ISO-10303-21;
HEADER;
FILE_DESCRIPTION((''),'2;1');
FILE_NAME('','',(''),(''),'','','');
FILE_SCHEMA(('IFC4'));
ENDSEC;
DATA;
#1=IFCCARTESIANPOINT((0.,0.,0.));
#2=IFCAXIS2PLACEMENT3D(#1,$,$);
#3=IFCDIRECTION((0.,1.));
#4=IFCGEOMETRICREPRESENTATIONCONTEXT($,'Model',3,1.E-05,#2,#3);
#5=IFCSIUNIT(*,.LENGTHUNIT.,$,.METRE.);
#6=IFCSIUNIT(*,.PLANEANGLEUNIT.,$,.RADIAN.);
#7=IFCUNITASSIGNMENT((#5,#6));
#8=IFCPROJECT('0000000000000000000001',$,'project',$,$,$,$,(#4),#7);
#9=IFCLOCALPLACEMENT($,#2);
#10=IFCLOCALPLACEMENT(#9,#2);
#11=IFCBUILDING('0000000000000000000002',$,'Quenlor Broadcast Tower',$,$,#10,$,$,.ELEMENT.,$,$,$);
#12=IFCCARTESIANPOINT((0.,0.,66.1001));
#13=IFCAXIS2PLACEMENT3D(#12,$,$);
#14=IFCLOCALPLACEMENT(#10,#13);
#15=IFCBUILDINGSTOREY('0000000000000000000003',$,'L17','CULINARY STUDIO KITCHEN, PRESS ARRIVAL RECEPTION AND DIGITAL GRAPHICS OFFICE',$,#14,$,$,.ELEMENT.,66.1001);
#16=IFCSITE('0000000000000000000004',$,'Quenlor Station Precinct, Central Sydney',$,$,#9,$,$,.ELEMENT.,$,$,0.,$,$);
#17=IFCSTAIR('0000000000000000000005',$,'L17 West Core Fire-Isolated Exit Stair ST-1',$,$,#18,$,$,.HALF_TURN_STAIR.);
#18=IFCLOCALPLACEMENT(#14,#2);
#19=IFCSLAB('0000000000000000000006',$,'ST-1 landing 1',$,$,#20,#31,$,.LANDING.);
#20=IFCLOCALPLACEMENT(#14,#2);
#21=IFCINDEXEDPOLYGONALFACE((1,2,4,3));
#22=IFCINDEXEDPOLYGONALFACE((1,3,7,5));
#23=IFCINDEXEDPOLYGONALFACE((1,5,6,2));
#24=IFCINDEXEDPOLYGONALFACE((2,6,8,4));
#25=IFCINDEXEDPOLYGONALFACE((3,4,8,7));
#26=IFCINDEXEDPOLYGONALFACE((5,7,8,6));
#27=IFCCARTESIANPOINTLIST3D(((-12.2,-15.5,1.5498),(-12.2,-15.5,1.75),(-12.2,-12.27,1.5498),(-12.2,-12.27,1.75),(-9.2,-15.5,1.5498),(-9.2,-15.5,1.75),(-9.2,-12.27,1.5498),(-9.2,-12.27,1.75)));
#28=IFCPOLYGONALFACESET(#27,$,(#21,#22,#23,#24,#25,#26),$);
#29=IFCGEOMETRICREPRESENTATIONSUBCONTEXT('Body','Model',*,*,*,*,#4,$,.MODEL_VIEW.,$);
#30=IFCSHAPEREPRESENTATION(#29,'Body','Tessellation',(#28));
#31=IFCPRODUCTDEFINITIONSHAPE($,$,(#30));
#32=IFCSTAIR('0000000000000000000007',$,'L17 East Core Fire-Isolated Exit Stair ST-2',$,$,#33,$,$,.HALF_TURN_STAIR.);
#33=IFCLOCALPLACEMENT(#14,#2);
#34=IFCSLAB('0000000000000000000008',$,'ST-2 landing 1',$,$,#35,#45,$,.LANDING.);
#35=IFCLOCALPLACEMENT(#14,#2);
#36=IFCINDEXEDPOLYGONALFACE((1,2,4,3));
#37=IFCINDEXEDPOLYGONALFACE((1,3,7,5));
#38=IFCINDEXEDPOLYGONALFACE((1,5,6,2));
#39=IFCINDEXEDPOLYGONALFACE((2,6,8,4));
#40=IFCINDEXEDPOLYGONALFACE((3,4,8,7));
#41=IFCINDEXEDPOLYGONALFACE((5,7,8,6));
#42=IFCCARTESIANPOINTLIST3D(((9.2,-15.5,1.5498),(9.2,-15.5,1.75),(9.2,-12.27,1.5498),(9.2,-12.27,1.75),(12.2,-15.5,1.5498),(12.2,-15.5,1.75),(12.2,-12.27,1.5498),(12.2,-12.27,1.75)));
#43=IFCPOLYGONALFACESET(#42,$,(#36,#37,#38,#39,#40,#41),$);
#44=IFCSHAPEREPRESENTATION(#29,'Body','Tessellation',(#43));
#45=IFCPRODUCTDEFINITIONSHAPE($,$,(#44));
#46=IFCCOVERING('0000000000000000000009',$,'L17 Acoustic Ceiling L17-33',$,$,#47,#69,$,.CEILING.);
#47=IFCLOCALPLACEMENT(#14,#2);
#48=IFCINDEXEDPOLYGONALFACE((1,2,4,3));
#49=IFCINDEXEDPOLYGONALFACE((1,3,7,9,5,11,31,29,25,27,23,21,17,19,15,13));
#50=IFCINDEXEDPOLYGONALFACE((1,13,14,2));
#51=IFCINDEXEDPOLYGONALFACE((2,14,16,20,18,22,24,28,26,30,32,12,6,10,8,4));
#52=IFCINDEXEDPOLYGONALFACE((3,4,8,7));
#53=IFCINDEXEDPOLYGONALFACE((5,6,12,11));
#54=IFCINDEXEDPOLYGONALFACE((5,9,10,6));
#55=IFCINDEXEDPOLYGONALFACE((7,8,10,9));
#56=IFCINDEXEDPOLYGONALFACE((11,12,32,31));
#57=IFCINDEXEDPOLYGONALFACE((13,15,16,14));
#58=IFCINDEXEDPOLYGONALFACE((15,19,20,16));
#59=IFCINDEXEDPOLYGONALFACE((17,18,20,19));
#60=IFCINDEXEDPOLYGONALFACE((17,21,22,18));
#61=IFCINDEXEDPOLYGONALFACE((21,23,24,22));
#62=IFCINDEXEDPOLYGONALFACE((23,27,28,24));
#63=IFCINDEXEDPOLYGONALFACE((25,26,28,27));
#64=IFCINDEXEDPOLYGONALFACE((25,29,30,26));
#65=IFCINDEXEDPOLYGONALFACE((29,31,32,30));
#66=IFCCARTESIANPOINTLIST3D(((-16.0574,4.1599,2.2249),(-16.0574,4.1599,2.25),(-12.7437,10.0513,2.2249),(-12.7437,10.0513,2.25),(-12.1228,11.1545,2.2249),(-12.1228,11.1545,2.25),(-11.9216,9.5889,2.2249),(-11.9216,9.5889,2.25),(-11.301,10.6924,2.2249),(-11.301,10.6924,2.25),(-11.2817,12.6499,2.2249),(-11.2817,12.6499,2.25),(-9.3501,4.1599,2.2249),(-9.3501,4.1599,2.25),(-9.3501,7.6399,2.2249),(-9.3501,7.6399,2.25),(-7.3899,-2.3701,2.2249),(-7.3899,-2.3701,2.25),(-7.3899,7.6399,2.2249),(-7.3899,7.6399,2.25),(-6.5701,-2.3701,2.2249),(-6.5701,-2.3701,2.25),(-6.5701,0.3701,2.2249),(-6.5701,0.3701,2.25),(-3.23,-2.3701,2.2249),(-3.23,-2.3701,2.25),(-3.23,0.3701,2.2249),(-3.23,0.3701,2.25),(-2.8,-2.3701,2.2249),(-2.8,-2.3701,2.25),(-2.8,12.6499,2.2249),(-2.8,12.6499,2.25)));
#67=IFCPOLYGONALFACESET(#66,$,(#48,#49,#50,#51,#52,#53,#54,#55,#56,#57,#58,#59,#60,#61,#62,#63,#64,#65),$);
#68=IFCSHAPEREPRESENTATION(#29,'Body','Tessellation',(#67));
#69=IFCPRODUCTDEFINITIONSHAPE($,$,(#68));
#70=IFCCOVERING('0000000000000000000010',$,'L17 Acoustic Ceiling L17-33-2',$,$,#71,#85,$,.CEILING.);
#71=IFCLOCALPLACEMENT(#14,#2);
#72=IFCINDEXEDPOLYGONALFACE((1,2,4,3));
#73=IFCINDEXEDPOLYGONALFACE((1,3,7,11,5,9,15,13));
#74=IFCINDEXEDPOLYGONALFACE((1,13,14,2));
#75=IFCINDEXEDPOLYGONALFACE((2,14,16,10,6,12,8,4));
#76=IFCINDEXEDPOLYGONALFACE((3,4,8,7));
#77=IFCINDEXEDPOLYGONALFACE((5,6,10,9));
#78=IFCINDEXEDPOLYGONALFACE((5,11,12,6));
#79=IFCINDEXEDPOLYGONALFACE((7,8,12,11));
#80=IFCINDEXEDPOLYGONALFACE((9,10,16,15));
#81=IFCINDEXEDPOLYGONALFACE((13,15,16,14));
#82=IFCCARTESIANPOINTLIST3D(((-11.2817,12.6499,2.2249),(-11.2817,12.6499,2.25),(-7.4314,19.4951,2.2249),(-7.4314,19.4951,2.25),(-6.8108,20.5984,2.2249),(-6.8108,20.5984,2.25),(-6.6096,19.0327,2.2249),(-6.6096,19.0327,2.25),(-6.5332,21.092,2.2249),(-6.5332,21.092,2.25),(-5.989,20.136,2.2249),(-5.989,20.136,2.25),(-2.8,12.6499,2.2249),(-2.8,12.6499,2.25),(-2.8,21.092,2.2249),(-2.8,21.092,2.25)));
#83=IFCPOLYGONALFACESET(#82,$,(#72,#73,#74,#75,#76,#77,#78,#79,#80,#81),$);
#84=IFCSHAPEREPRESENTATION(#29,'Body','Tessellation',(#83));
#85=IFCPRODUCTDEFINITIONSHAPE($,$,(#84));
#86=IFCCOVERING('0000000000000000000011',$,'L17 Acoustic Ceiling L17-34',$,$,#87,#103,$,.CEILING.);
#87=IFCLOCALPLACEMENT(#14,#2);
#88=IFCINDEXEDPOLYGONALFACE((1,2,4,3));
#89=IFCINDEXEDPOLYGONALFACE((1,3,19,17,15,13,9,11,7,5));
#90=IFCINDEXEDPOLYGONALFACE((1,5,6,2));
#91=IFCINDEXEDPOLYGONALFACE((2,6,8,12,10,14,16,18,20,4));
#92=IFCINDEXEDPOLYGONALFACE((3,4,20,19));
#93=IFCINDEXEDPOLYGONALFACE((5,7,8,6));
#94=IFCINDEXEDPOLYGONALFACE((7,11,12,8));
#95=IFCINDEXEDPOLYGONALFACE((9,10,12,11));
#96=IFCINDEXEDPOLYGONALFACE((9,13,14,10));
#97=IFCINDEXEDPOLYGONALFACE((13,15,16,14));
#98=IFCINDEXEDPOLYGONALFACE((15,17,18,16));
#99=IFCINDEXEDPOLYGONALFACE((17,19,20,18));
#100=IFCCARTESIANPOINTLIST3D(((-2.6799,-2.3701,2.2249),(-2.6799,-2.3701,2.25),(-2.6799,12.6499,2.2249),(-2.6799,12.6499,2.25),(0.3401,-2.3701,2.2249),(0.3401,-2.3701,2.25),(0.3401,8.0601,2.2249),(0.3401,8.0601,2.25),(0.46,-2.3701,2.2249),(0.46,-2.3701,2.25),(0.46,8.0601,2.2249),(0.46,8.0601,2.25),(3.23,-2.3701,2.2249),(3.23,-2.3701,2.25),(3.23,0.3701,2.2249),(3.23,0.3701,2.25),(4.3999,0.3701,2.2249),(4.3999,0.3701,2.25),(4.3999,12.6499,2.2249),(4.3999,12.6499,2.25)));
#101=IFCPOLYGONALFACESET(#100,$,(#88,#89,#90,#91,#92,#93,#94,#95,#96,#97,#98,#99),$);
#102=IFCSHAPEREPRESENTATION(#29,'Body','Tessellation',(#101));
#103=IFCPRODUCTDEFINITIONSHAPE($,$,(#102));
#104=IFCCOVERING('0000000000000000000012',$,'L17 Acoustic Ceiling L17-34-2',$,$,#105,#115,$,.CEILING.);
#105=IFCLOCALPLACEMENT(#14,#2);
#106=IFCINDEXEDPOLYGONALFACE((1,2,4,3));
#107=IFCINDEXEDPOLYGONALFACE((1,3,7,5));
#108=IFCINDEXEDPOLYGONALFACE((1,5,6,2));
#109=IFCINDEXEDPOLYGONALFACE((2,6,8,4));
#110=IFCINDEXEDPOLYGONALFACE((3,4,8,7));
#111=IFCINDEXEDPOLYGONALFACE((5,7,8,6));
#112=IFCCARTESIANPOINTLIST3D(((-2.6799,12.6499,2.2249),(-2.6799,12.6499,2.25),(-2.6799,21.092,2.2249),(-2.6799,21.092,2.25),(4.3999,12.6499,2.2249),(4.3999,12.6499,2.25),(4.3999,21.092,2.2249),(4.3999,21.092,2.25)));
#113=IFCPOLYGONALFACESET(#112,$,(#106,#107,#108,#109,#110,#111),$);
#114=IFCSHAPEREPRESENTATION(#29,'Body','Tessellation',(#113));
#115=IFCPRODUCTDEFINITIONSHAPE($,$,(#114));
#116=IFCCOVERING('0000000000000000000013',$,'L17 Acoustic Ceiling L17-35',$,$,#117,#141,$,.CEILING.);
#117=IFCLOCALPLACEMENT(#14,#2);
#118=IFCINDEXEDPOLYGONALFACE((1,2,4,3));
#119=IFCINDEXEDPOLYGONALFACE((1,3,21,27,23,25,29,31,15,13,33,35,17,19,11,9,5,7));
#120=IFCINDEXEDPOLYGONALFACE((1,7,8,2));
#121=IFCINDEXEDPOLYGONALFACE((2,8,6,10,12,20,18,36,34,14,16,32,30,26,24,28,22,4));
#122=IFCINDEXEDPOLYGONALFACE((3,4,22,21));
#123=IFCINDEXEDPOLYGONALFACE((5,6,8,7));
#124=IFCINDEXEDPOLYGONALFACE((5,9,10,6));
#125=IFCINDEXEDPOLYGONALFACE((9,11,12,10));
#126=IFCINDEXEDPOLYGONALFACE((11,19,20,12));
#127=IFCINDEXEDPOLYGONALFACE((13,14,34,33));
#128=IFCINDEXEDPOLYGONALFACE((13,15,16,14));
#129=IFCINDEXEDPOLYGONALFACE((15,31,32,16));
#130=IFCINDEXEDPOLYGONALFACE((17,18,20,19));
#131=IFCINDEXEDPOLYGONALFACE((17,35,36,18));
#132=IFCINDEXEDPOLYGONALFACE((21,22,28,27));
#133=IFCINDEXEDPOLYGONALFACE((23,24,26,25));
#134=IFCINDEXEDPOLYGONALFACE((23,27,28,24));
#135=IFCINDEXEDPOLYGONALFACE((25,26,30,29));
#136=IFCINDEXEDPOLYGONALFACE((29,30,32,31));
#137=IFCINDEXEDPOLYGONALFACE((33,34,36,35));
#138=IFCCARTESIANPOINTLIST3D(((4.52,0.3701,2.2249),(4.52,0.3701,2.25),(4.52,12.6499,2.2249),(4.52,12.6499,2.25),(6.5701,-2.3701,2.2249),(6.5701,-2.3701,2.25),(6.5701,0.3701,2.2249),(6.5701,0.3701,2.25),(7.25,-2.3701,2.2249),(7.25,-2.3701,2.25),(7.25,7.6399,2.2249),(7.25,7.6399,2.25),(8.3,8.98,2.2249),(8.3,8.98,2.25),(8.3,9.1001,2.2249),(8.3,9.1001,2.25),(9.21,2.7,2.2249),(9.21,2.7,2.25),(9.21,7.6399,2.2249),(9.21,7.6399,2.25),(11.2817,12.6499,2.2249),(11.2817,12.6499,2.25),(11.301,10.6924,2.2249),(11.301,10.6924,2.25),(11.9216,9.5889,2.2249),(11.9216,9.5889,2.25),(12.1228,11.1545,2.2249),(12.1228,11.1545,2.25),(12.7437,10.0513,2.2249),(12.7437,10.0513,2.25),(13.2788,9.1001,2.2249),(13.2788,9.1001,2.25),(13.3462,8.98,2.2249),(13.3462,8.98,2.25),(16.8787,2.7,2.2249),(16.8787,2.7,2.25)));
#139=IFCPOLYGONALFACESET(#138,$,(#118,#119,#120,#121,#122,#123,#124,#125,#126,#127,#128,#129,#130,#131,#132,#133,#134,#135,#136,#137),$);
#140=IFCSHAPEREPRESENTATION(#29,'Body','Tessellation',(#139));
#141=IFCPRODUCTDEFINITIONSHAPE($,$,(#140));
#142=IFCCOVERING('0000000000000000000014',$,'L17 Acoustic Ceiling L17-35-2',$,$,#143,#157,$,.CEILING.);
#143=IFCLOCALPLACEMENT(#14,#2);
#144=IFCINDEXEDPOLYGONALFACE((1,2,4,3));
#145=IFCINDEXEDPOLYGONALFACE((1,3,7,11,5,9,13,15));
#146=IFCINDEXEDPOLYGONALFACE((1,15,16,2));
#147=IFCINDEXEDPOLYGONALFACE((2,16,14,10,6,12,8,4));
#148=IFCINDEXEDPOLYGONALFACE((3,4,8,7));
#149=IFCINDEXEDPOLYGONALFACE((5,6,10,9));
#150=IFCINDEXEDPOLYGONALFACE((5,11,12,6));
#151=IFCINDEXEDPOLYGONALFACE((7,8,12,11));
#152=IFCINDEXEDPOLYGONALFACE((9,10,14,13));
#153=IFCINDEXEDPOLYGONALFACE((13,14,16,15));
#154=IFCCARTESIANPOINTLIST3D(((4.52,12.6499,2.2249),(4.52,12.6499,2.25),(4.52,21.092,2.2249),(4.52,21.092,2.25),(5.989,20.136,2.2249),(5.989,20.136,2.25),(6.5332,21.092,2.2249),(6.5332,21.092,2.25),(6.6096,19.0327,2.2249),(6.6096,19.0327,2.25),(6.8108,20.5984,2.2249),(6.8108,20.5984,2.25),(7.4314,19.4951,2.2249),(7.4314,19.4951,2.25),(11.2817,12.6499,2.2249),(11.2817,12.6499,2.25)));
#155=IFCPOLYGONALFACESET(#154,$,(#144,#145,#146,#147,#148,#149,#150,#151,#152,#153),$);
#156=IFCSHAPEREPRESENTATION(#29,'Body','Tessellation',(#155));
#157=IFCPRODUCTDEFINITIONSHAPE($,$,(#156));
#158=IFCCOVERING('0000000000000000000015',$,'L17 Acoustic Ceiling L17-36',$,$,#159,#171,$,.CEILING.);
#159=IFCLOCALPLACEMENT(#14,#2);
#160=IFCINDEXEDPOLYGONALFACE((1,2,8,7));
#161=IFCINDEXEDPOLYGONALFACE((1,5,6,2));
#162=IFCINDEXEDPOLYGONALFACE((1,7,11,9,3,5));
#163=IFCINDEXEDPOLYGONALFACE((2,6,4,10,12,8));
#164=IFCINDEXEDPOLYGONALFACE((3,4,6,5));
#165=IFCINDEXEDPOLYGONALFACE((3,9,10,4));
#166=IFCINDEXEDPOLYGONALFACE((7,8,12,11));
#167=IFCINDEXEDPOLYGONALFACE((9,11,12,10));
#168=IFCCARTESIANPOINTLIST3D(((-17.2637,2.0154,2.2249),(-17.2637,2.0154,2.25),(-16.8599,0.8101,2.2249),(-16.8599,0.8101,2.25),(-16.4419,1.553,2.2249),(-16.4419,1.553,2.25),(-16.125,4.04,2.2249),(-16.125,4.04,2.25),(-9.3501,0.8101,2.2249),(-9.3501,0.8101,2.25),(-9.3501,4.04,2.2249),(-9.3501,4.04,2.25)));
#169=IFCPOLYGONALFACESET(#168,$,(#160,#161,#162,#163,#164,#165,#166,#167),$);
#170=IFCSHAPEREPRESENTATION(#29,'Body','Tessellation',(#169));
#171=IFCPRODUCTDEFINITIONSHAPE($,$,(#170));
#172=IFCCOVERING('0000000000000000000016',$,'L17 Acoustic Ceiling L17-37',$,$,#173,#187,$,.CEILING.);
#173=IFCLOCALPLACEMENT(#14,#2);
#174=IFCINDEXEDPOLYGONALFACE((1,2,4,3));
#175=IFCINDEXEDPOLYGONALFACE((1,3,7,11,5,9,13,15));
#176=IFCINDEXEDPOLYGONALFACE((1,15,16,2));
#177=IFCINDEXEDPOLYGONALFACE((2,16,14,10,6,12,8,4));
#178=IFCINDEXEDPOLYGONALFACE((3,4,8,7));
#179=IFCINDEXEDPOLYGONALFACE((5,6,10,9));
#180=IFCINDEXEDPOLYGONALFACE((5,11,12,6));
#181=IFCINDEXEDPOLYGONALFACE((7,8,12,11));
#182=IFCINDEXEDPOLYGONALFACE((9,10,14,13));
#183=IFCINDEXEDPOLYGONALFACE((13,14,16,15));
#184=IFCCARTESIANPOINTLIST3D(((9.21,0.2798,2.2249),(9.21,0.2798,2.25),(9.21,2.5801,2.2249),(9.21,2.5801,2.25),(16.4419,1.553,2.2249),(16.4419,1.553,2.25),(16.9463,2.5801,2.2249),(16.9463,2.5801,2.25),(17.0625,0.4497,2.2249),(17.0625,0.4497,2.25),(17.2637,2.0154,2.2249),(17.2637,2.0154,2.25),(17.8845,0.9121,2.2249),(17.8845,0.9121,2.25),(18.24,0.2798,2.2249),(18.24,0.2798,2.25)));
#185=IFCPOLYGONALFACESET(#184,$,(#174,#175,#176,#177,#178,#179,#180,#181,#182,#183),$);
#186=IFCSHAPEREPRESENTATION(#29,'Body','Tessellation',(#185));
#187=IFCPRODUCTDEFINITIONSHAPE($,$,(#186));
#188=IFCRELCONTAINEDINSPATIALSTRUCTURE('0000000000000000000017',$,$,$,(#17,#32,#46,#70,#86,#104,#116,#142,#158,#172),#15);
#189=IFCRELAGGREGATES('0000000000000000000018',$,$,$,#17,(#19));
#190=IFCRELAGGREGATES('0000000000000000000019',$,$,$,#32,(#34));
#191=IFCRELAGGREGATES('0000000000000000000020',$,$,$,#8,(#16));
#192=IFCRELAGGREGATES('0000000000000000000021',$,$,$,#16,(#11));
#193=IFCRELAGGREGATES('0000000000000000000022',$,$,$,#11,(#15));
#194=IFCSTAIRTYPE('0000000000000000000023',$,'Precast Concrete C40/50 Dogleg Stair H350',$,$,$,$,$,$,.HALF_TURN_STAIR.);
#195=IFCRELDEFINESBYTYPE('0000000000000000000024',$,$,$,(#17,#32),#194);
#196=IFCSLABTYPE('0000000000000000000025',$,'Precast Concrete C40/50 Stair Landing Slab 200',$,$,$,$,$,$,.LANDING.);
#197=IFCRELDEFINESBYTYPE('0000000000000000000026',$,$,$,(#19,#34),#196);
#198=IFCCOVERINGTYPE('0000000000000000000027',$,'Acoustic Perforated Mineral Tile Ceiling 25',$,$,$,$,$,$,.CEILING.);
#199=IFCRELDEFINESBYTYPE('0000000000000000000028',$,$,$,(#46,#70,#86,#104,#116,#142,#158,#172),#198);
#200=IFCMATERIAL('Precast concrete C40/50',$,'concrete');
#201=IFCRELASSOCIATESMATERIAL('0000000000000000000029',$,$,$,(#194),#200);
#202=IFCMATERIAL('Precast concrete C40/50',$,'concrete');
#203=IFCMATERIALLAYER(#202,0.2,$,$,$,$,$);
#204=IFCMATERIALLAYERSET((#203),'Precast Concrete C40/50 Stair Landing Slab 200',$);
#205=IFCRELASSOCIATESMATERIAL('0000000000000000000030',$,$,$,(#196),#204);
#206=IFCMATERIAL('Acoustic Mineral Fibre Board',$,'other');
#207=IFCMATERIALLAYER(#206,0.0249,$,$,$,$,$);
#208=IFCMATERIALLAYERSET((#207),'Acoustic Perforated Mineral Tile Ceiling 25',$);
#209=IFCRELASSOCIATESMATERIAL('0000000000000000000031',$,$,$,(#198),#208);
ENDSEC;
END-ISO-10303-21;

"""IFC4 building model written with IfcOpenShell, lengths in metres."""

from ifc_helpers import new_model, si_unit, direction, frame, origin, place, context, subcontext, project, spatial, polyline, outline, extrude, material, layer, layer_set, type_object, element, aggregate, save


model = new_model("IFC4")

# Units and contexts
model_context = context("Model", 3, precision=1e-05, world=origin(), true_north=direction((0.0, 1.0)))
body_context = subcontext(model_context, "Body", "Model", "MODEL_VIEW")
ifc_project = project(units=[si_unit("LENGTHUNIT", "METRE"), si_unit("PLANEANGLEUNIT", "RADIAN")], contexts=[model_context])

# Site, building, storey
site_placement = place(None, origin())
site = spatial("IfcSite", under=ifc_project, at=site_placement, Name="Quenlor Station Precinct, Central Sydney", CompositionType="ELEMENT", RefElevation=0.0)
building_placement = place(site_placement, origin())
building = spatial("IfcBuilding", under=site, at=building_placement, Name="Quenlor Broadcast Tower", CompositionType="ELEMENT")
storey_placement = place(building_placement, frame((0.0, 0.0, 66.1001)))
storey = spatial("IfcBuildingStorey", under=building, at=storey_placement, Name="L17", Description="CULINARY STUDIO KITCHEN, PRESS ARRIVAL RECEPTION AND DIGITAL GRAPHICS OFFICE", CompositionType="ELEMENT", Elevation=66.1001)

# Stairs, slabs
ifc_material_1 = material(Name="Precast concrete C40/50", Category="concrete")
stair_type = type_object("IfcStairType", Name="Precast Concrete C40/50 Dogleg Stair H350", PredefinedType="HALF_TURN_STAIR", material=ifc_material_1)
stair_1_placement = place(storey_placement, origin())
stair_1 = element("IfcStair", 1, at=stair_1_placement, inside=storey, type_object=stair_type, Name="L17 West Core Fire-Isolated Exit Stair ST-1", PredefinedType="HALF_TURN_STAIR")
ifc_material_2 = material(Name="Precast concrete C40/50", Category="concrete")
ifc_layer_1 = layer(ifc_material_2, 0.2)
ifc_layer_set_1 = layer_set([ifc_layer_1], Name="Precast Concrete C40/50 Stair Landing Slab 200")
slab_type = type_object("IfcSlabType", Name="Precast Concrete C40/50 Stair Landing Slab 200", PredefinedType="LANDING", material=ifc_layer_set_1)
slab_1_placement = place(storey_placement, frame((0.0, 0.0, 1.5498)))
slab_1 = element("IfcSlab", 2, at=slab_1_placement, type_object=slab_type, Name="ST-1 landing 1", PredefinedType="LANDING", context=body_context, shape_type="SweptSolid", body=[
    extrude(outline(polyline([(-12.2, -12.27), (-12.2, -15.5), (-9.2, -15.5), (-9.2, -12.27), (-12.2, -12.27)])), origin(), (0.0, 0.0, 1.0), 0.2002),
])
aggregate(stair_1, [slab_1])
stair_2_placement = place(storey_placement, origin())
stair_2 = element("IfcStair", 3, at=stair_2_placement, inside=storey, type_object=stair_type, Name="L17 East Core Fire-Isolated Exit Stair ST-2", PredefinedType="HALF_TURN_STAIR")
slab_2_placement = place(storey_placement, frame((0.0, 0.0, 1.5498)))
slab_2 = element("IfcSlab", 4, at=slab_2_placement, type_object=slab_type, Name="ST-2 landing 1", PredefinedType="LANDING", context=body_context, shape_type="SweptSolid", body=[
    extrude(outline(polyline([(9.2, -12.27), (9.2, -15.5), (12.2, -15.5), (12.2, -12.27), (9.2, -12.27)])), origin(), (0.0, 0.0, 1.0), 0.2002),
])
aggregate(stair_2, [slab_2])

# Coverings
ifc_material_3 = material(Name="Acoustic Mineral Fibre Board", Category="other")
ifc_layer_2 = layer(ifc_material_3, 0.0249)
ifc_layer_set_2 = layer_set([ifc_layer_2], Name="Acoustic Perforated Mineral Tile Ceiling 25")
covering_type_1 = type_object("IfcCoveringType", Name="Acoustic Perforated Mineral Tile Ceiling 25", PredefinedType="CEILING", material=ifc_layer_set_2)
covering_1_placement = place(storey_placement, frame((0.0, 0.0, 2.2249)))
element("IfcCovering", 5, at=covering_1_placement, inside=storey, type_object=covering_type_1, Name="L17 Acoustic Ceiling L17-33", PredefinedType="CEILING", context=body_context, shape_type="SweptSolid", body=[
    extrude(outline(polyline([(-3.23, -2.3701), (-3.23, 0.3701), (-6.5701, 0.3701), (-6.5701, -2.3701), (-7.3899, -2.3701), (-7.3899, 7.6399), (-9.3501, 7.6399), (-9.3501, 4.1599), (-16.0574, 4.1599), (-12.7437, 10.0513), (-11.9216, 9.5889), (-11.301, 10.6924), (-12.1228, 11.1545), (-11.2817, 12.6499), (-2.8, 12.6499), (-2.8, -2.3701), (-3.23, -2.3701)])), origin(), (0.0, 0.0, 1.0), 0.0251),
])
covering_2_placement = place(storey_placement, frame((0.0, 0.0, 2.2249)))
element("IfcCovering", 6, at=covering_2_placement, inside=storey, type_object=covering_type_1, Name="L17 Acoustic Ceiling L17-33-2", PredefinedType="CEILING", context=body_context, shape_type="SweptSolid", body=[
    extrude(outline(polyline([(-7.4314, 19.4951), (-6.6096, 19.0327), (-5.989, 20.136), (-6.8108, 20.5984), (-6.5332, 21.092), (-2.8, 21.092), (-2.8, 12.6499), (-11.2817, 12.6499), (-7.4314, 19.4951)])), origin(), (0.0, 0.0, 1.0), 0.0251),
])
covering_3_placement = place(storey_placement, frame((0.0, 0.0, 2.2249)))
element("IfcCovering", 7, at=covering_3_placement, inside=storey, type_object=covering_type_1, Name="L17 Acoustic Ceiling L17-34", PredefinedType="CEILING", context=body_context, shape_type="SweptSolid", body=[
    extrude(outline(polyline([(3.23, -2.3701), (0.46, -2.3701), (0.46, 8.0601), (0.3401, 8.0601), (0.3401, -2.3701), (-2.6799, -2.3701), (-2.6799, 12.6499), (4.3999, 12.6499), (4.3999, 0.3701), (3.23, 0.3701), (3.23, -2.3701)])), origin(), (0.0, 0.0, 1.0), 0.0251),
])
covering_4_placement = place(storey_placement, frame((0.0, 0.0, 2.2249)))
element("IfcCovering", 8, at=covering_4_placement, inside=storey, type_object=covering_type_1, Name="L17 Acoustic Ceiling L17-34-2", PredefinedType="CEILING", context=body_context, shape_type="SweptSolid", body=[
    extrude(outline(polyline([(-2.6799, 21.092), (4.3999, 21.092), (4.3999, 12.6499), (-2.6799, 12.6499), (-2.6799, 21.092)])), origin(), (0.0, 0.0, 1.0), 0.0251),
])
covering_5_placement = place(storey_placement, frame((0.0, 0.0, 2.2249)))
element("IfcCovering", 9, at=covering_5_placement, inside=storey, type_object=covering_type_1, Name="L17 Acoustic Ceiling L17-35", PredefinedType="CEILING", context=body_context, shape_type="SweptSolid", body=[
    extrude(outline(polyline([(12.1228, 11.1545), (11.301, 10.6924), (11.9216, 9.5889), (12.7437, 10.0513), (13.2788, 9.1001), (8.3, 9.1001), (8.3, 8.98), (13.3462, 8.98), (16.8787, 2.7), (9.21, 2.7), (9.21, 7.6399), (7.25, 7.6399), (7.25, -2.3701), (6.5701, -2.3701), (6.5701, 0.3701), (4.52, 0.3701), (4.52, 12.6499), (11.2817, 12.6499), (12.1228, 11.1545)])), origin(), (0.0, 0.0, 1.0), 0.0251),
])
covering_6_placement = place(storey_placement, frame((0.0, 0.0, 2.2249)))
element("IfcCovering", 10, at=covering_6_placement, inside=storey, type_object=covering_type_1, Name="L17 Acoustic Ceiling L17-35-2", PredefinedType="CEILING", context=body_context, shape_type="SweptSolid", body=[
    extrude(outline(polyline([(6.6096, 19.0327), (7.4314, 19.4951), (11.2817, 12.6499), (4.52, 12.6499), (4.52, 21.092), (6.5332, 21.092), (6.8108, 20.5984), (5.989, 20.136), (6.6096, 19.0327)])), origin(), (0.0, 0.0, 1.0), 0.0251),
])
covering_7_placement = place(storey_placement, frame((0.0, 0.0, 2.2249)))
element("IfcCovering", 11, at=covering_7_placement, inside=storey, type_object=covering_type_1, Name="L17 Acoustic Ceiling L17-36", PredefinedType="CEILING", context=body_context, shape_type="SweptSolid", body=[
    extrude(outline(polyline([(-16.8599, 0.8101), (-16.4419, 1.553), (-17.2637, 2.0154), (-16.125, 4.04), (-9.3501, 4.04), (-9.3501, 0.8101), (-16.8599, 0.8101)])), origin(), (0.0, 0.0, 1.0), 0.0251),
])
covering_8_placement = place(storey_placement, frame((0.0, 0.0, 2.2249)))
element("IfcCovering", 12, at=covering_8_placement, inside=storey, type_object=covering_type_1, Name="L17 Acoustic Ceiling L17-37", PredefinedType="CEILING", context=body_context, shape_type="SweptSolid", body=[
    extrude(outline(polyline([(16.4419, 1.553), (17.0625, 0.4497), (17.8845, 0.9121), (18.24, 0.2798), (9.21, 0.2798), (9.21, 2.5801), (16.9463, 2.5801), (17.2637, 2.0154), (16.4419, 1.553)])), origin(), (0.0, 0.0, 1.0), 0.0251),
])

save(model, "model.ifc")
